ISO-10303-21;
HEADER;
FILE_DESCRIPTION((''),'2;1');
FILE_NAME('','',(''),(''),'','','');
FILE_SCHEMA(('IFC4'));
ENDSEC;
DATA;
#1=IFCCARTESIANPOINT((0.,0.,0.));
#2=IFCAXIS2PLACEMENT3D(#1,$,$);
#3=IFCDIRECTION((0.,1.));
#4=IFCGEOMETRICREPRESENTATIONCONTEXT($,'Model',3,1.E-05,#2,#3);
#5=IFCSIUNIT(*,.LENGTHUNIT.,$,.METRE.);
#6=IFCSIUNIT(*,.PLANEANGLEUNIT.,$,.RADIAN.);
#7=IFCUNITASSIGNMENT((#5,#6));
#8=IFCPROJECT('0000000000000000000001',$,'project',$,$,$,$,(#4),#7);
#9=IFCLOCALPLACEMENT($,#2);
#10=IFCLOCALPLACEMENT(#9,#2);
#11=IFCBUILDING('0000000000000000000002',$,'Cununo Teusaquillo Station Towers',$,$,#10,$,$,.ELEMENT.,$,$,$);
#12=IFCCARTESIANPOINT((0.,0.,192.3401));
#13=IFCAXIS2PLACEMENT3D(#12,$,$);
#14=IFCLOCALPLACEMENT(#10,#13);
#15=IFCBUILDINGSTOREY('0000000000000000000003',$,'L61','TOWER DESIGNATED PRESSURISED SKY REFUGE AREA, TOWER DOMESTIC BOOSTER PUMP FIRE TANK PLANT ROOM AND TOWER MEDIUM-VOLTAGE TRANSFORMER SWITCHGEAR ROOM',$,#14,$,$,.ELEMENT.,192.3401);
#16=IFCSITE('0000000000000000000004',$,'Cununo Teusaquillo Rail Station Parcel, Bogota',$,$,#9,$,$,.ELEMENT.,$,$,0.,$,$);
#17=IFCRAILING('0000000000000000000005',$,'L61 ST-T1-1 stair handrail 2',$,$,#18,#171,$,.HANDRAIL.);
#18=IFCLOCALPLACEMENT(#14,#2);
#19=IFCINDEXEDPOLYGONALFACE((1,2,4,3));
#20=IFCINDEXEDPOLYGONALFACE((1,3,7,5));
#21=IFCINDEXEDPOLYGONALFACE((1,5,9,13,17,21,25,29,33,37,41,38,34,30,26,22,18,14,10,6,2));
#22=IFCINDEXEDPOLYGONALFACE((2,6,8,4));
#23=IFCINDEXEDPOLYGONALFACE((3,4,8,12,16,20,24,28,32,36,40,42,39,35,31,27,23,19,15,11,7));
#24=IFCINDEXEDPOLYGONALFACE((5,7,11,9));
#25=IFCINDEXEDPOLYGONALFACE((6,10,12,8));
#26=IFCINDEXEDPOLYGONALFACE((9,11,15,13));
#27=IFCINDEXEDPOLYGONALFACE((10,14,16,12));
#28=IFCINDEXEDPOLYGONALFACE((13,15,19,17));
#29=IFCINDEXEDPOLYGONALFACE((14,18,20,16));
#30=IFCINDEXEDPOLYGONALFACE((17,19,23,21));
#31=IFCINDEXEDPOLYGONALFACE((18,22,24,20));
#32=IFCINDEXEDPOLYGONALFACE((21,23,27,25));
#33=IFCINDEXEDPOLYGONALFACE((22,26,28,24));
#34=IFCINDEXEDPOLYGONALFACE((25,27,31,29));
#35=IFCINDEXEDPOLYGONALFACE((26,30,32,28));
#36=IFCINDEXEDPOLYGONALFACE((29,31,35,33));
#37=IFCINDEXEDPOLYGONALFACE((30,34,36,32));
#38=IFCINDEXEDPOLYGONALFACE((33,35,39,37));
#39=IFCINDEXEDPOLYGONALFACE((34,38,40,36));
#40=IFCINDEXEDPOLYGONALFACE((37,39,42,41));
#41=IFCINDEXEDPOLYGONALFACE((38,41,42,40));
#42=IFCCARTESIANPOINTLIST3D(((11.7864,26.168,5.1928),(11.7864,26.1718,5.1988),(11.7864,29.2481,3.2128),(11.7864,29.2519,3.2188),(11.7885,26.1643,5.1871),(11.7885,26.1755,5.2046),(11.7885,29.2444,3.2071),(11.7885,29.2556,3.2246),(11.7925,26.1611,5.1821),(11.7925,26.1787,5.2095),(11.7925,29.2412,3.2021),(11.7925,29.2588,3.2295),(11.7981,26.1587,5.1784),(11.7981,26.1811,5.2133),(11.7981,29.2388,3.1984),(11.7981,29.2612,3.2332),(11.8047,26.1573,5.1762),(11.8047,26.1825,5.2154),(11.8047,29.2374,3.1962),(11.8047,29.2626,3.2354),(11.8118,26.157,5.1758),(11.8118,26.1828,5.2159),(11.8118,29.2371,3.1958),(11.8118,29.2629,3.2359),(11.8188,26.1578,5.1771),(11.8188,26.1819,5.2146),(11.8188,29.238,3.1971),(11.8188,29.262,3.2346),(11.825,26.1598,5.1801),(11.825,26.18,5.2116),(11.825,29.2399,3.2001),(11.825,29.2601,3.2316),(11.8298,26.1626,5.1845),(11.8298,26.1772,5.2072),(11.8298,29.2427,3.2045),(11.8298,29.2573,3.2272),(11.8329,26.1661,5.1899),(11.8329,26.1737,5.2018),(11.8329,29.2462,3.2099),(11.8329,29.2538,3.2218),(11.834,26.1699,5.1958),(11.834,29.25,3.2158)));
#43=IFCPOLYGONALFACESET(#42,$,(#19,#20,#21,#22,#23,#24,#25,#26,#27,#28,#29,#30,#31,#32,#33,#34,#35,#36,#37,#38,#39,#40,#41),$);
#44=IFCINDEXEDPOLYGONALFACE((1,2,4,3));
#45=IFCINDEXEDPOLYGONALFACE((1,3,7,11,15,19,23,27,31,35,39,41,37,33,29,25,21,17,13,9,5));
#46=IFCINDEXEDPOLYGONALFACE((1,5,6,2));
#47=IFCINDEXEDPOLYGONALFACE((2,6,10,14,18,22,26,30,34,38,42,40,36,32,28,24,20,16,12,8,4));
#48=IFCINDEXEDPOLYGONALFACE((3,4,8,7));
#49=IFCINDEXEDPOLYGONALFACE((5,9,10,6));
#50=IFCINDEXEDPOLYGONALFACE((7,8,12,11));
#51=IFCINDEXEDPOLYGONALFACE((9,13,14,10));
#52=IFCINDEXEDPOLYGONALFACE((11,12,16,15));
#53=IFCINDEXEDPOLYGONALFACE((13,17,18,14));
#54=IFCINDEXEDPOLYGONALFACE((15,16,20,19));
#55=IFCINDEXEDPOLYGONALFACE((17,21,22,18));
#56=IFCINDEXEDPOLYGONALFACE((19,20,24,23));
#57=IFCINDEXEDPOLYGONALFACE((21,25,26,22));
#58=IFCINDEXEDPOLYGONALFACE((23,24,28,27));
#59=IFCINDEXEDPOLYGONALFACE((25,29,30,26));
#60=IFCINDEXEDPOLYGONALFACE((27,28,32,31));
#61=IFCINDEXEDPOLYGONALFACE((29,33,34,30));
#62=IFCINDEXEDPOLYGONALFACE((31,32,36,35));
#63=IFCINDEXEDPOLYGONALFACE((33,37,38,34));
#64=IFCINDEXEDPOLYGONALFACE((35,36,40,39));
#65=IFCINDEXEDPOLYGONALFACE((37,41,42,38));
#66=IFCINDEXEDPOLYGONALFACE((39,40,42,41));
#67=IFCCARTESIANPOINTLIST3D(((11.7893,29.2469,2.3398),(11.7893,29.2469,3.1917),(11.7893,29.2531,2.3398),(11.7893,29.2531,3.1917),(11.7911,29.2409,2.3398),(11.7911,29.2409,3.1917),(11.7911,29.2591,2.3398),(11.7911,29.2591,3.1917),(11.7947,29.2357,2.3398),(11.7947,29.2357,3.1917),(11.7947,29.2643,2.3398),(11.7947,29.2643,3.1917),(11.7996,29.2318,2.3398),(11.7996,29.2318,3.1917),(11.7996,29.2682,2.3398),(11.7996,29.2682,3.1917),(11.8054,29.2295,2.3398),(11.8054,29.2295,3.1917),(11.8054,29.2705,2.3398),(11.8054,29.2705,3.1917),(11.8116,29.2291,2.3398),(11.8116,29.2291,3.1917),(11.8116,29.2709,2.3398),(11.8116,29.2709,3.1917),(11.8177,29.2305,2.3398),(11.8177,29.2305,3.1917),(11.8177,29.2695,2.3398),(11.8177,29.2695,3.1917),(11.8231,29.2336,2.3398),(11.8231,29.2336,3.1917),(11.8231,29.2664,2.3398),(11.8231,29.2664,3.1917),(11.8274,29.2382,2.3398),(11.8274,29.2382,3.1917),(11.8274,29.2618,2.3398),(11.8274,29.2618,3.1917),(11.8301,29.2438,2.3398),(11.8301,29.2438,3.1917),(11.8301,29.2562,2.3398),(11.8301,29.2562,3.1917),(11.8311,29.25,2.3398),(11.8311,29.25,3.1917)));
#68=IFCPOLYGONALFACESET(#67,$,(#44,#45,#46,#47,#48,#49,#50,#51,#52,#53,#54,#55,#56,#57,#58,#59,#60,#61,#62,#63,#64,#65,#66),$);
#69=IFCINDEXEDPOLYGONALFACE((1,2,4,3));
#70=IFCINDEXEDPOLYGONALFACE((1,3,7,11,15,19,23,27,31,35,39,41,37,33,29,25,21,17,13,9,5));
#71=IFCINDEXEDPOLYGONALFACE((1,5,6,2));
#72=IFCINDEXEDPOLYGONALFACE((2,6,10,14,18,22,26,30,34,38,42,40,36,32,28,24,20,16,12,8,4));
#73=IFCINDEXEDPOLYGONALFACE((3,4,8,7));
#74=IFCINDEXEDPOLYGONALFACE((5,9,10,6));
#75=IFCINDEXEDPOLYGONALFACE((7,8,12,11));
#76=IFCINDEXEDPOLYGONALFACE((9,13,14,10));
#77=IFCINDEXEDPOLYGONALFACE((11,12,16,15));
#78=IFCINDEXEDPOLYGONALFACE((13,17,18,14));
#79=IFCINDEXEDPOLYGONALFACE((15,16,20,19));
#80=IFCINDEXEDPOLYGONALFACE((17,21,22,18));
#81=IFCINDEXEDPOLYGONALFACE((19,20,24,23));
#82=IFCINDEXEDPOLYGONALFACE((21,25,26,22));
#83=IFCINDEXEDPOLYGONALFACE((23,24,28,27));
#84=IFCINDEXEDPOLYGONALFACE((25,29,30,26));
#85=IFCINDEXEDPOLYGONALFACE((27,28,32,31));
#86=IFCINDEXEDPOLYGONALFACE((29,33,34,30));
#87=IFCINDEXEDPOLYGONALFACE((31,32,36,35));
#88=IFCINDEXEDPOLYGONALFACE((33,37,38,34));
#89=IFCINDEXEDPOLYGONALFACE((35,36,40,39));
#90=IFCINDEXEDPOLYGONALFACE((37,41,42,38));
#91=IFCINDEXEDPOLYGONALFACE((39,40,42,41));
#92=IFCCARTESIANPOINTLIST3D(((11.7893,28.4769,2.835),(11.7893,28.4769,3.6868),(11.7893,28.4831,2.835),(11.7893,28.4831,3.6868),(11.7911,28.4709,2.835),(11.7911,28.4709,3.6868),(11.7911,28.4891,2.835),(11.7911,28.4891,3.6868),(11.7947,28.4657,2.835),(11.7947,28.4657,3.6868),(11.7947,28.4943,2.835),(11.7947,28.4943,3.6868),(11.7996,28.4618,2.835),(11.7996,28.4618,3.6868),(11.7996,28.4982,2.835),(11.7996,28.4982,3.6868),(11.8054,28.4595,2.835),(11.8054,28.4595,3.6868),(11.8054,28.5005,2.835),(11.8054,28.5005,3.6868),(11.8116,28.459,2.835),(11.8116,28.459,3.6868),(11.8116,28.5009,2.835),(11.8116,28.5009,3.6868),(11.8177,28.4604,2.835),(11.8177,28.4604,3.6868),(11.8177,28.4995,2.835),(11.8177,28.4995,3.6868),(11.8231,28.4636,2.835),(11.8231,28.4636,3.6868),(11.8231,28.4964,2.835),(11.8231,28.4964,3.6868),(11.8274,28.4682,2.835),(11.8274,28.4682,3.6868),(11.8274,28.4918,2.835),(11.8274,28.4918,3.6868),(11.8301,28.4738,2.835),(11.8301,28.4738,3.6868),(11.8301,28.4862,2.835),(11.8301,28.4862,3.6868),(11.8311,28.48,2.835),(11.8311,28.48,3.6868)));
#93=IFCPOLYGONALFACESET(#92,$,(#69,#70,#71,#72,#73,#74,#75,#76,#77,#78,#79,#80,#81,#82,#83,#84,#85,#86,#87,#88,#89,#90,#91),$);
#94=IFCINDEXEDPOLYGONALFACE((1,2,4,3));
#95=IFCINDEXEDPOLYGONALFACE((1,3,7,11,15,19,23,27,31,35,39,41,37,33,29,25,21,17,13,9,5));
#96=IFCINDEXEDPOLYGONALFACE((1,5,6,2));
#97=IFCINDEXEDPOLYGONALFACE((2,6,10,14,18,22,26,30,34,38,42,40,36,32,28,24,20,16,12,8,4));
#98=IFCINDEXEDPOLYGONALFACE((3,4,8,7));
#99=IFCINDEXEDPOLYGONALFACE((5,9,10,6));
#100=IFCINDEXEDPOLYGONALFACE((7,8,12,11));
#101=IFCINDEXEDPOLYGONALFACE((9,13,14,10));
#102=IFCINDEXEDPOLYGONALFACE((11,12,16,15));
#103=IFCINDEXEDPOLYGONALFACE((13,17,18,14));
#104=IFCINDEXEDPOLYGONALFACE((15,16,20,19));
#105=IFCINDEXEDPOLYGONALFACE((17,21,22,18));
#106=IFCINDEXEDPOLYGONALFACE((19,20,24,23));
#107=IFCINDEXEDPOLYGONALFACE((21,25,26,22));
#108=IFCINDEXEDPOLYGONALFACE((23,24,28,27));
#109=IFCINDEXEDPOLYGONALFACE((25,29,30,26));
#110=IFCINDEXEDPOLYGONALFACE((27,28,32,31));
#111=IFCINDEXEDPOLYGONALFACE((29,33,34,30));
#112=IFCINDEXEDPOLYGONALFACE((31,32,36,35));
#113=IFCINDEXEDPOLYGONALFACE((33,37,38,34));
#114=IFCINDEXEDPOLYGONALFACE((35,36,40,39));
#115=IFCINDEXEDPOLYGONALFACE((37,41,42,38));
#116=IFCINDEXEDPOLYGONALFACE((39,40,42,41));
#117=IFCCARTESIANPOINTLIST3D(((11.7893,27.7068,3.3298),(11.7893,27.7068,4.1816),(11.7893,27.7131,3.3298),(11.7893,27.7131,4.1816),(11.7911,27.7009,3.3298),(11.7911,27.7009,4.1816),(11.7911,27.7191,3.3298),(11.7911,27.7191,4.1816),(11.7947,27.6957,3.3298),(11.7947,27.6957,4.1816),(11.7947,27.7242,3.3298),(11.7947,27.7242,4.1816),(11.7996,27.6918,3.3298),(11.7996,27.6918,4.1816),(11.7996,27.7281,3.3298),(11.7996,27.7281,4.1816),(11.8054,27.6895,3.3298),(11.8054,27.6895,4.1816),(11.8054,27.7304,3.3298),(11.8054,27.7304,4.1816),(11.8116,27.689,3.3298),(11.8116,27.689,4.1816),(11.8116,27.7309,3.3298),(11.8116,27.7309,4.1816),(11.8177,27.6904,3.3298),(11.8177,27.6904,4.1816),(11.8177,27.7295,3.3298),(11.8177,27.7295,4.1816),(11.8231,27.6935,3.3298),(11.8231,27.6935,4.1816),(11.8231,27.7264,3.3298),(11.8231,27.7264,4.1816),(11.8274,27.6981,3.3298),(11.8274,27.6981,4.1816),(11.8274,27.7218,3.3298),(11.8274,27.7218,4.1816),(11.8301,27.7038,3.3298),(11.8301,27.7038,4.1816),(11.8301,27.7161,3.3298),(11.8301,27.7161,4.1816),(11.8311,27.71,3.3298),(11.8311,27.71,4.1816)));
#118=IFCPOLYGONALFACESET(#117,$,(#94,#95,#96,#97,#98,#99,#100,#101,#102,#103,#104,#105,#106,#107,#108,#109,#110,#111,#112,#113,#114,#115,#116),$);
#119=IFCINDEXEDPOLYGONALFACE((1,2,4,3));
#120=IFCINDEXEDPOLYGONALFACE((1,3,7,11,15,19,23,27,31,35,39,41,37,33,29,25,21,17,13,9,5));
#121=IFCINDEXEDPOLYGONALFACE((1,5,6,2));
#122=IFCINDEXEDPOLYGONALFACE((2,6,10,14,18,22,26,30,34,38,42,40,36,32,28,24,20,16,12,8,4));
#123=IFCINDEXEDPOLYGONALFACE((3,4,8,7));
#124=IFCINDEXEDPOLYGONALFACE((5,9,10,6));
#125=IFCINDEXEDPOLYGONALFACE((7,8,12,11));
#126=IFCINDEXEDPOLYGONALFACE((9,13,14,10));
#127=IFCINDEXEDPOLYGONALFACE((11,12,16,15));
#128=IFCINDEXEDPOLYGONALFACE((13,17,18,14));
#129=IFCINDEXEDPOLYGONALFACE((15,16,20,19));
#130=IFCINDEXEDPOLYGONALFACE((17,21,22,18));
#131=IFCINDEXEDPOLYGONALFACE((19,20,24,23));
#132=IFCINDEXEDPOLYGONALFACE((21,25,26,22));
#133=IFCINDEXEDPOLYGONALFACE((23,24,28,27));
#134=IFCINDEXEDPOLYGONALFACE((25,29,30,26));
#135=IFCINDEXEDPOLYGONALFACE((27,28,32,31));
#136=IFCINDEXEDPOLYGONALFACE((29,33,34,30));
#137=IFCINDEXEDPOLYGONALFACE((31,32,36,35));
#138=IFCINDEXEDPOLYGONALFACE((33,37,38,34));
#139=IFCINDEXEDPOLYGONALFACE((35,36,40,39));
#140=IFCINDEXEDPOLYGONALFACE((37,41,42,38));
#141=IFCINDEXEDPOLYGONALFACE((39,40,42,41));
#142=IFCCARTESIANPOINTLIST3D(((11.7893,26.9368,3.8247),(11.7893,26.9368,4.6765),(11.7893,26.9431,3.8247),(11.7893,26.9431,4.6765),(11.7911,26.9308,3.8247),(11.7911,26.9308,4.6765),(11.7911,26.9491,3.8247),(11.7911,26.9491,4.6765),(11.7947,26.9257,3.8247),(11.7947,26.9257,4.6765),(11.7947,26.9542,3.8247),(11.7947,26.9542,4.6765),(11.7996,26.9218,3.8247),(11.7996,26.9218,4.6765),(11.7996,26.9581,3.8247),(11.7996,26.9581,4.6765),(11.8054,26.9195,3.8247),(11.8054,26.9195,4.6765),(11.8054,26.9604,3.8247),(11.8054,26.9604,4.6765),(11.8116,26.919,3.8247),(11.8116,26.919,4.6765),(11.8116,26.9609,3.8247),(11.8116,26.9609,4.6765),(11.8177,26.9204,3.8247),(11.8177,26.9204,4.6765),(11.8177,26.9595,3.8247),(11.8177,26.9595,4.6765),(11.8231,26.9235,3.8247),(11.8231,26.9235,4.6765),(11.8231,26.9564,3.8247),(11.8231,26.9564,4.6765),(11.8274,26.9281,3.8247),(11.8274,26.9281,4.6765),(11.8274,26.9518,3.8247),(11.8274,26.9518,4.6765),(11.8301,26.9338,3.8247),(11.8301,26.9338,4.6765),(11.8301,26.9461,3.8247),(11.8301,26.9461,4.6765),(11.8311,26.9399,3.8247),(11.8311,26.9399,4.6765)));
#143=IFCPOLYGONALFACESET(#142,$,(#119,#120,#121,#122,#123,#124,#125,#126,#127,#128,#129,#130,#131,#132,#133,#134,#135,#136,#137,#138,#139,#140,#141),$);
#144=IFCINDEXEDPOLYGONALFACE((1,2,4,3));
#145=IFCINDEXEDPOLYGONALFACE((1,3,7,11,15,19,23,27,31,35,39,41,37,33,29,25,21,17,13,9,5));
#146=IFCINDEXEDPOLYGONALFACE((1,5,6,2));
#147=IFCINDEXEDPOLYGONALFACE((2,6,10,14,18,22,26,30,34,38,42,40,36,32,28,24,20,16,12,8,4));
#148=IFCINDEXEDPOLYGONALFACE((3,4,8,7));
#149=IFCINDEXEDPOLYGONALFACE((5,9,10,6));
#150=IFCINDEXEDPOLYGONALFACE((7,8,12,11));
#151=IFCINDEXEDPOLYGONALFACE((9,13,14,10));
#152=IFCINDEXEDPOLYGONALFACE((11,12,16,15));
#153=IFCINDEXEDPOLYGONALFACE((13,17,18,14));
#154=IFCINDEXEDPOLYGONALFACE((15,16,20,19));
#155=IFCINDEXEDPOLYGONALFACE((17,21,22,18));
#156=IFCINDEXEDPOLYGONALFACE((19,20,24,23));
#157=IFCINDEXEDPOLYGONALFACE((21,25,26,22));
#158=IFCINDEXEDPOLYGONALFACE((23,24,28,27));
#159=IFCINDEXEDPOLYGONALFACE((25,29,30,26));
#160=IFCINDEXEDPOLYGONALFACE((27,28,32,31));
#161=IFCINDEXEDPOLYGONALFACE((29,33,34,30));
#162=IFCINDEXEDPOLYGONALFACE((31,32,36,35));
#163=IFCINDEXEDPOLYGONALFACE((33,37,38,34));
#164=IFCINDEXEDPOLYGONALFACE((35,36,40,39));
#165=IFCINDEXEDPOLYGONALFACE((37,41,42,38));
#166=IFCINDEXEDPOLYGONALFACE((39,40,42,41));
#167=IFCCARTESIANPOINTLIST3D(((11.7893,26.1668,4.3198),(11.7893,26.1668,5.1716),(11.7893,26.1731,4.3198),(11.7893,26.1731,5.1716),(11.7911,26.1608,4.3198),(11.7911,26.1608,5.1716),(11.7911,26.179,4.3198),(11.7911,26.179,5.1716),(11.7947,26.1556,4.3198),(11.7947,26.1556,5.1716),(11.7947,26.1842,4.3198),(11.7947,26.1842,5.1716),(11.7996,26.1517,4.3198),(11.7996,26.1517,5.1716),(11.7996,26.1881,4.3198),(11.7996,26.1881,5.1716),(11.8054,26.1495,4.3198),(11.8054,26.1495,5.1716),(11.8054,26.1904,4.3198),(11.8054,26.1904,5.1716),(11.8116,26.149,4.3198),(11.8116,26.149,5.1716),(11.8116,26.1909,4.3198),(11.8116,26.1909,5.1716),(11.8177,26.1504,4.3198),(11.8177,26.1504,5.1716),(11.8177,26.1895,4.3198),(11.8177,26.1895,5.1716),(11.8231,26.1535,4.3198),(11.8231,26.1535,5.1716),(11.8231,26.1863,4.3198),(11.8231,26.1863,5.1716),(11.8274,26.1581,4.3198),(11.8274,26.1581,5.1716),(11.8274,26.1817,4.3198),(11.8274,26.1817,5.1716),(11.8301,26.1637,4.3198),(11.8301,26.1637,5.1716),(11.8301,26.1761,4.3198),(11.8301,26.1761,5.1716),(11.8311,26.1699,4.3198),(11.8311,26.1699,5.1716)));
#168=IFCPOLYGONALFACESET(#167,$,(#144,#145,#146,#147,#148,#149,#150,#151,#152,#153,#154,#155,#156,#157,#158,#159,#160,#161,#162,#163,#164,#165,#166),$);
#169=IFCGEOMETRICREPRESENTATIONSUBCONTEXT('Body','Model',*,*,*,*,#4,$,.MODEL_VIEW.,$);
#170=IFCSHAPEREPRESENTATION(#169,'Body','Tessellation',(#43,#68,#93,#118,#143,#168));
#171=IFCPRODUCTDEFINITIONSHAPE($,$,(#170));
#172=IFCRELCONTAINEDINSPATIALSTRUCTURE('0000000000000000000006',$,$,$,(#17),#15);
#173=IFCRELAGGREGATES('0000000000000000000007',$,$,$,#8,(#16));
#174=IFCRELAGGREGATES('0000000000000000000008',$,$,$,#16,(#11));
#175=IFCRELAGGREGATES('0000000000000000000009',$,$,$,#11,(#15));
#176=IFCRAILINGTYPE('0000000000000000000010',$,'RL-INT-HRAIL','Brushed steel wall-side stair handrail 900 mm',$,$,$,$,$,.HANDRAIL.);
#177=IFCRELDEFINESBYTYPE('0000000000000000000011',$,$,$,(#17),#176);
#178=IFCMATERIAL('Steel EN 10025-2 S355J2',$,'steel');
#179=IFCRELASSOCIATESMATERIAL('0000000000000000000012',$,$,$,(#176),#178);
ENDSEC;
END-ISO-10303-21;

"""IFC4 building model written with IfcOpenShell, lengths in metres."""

from ifc_helpers import new_model, si_unit, direction, frame, origin, origin_2d, place, context, subcontext, project, spatial, circle, extrude, material, type_object, element, save


model = new_model("IFC4")

# Units and contexts
model_context = context("Model", 3, precision=1e-05, world=origin(), true_north=direction((0.0, 1.0)))
body_context = subcontext(model_context, "Body", "Model", "MODEL_VIEW")
ifc_project = project(units=[si_unit("LENGTHUNIT", "METRE"), si_unit("PLANEANGLEUNIT", "RADIAN")], contexts=[model_context])

# Site, building, storey
site_placement = place(None, origin())
site = spatial("IfcSite", under=ifc_project, at=site_placement, Name="Cununo Teusaquillo Rail Station Parcel, Bogota", CompositionType="ELEMENT", RefElevation=0.0)
building_placement = place(site_placement, origin())
building = spatial("IfcBuilding", under=site, at=building_placement, Name="Cununo Teusaquillo Station Towers", CompositionType="ELEMENT")
storey_placement = place(building_placement, frame((0.0, 0.0, 192.3401)))
storey = spatial("IfcBuildingStorey", under=building, at=storey_placement, Name="L61", Description="TOWER DESIGNATED PRESSURISED SKY REFUGE AREA, TOWER DOMESTIC BOOSTER PUMP FIRE TANK PLANT ROOM AND TOWER MEDIUM-VOLTAGE TRANSFORMER SWITCHGEAR ROOM", CompositionType="ELEMENT", Elevation=192.3401)

# Railing
ifc_material_1 = material(Name="Steel EN 10025-2 S355J2", Category="steel")
railing_type_1 = type_object("IfcRailingType", Name="RL-INT-HRAIL", Description="Brushed steel wall-side stair handrail 900 mm", PredefinedType="HANDRAIL", material=ifc_material_1)
railing_1_placement = place(storey_placement, frame((11.8101, 29.25, 2.3398)))
element("IfcRailing", 1, at=railing_1_placement, inside=storey, type_object=railing_type_1, Name="L61 ST-T1-1 stair handrail 2", PredefinedType="HANDRAIL", context=body_context, shape_type="SweptSolid", body=[
    extrude(circle(Radius=0.0239, at=origin_2d()), frame((0.0, 0.0, 0.876), z_axis=(0.0, -0.841187, 0.540744), x_axis=(1.0, 0.0, 0.0)), (0.0, 0.0, 1.0), 3.6616),
    extrude(circle(Radius=0.021, at=origin_2d()), origin(), (0.0, 0.0, 1.0), 0.8518),
    extrude(circle(Radius=0.021, at=origin_2d()), frame((0.0, -0.77, 0.4951)), (0.0, 0.0, 1.0), 0.8518),
    extrude(circle(Radius=0.021, at=origin_2d()), frame((0.0, -1.54, 0.99)), (0.0, 0.0, 1.0), 0.8518),
    extrude(circle(Radius=0.021, at=origin_2d()), frame((0.0, -2.3101, 1.4849)), (0.0, 0.0, 1.0), 0.8518),
    extrude(circle(Radius=0.021, at=origin_2d()), frame((0.0, -3.0801, 1.98)), (0.0, 0.0, 1.0), 0.8518),
])

save(model, "model.ifc")
